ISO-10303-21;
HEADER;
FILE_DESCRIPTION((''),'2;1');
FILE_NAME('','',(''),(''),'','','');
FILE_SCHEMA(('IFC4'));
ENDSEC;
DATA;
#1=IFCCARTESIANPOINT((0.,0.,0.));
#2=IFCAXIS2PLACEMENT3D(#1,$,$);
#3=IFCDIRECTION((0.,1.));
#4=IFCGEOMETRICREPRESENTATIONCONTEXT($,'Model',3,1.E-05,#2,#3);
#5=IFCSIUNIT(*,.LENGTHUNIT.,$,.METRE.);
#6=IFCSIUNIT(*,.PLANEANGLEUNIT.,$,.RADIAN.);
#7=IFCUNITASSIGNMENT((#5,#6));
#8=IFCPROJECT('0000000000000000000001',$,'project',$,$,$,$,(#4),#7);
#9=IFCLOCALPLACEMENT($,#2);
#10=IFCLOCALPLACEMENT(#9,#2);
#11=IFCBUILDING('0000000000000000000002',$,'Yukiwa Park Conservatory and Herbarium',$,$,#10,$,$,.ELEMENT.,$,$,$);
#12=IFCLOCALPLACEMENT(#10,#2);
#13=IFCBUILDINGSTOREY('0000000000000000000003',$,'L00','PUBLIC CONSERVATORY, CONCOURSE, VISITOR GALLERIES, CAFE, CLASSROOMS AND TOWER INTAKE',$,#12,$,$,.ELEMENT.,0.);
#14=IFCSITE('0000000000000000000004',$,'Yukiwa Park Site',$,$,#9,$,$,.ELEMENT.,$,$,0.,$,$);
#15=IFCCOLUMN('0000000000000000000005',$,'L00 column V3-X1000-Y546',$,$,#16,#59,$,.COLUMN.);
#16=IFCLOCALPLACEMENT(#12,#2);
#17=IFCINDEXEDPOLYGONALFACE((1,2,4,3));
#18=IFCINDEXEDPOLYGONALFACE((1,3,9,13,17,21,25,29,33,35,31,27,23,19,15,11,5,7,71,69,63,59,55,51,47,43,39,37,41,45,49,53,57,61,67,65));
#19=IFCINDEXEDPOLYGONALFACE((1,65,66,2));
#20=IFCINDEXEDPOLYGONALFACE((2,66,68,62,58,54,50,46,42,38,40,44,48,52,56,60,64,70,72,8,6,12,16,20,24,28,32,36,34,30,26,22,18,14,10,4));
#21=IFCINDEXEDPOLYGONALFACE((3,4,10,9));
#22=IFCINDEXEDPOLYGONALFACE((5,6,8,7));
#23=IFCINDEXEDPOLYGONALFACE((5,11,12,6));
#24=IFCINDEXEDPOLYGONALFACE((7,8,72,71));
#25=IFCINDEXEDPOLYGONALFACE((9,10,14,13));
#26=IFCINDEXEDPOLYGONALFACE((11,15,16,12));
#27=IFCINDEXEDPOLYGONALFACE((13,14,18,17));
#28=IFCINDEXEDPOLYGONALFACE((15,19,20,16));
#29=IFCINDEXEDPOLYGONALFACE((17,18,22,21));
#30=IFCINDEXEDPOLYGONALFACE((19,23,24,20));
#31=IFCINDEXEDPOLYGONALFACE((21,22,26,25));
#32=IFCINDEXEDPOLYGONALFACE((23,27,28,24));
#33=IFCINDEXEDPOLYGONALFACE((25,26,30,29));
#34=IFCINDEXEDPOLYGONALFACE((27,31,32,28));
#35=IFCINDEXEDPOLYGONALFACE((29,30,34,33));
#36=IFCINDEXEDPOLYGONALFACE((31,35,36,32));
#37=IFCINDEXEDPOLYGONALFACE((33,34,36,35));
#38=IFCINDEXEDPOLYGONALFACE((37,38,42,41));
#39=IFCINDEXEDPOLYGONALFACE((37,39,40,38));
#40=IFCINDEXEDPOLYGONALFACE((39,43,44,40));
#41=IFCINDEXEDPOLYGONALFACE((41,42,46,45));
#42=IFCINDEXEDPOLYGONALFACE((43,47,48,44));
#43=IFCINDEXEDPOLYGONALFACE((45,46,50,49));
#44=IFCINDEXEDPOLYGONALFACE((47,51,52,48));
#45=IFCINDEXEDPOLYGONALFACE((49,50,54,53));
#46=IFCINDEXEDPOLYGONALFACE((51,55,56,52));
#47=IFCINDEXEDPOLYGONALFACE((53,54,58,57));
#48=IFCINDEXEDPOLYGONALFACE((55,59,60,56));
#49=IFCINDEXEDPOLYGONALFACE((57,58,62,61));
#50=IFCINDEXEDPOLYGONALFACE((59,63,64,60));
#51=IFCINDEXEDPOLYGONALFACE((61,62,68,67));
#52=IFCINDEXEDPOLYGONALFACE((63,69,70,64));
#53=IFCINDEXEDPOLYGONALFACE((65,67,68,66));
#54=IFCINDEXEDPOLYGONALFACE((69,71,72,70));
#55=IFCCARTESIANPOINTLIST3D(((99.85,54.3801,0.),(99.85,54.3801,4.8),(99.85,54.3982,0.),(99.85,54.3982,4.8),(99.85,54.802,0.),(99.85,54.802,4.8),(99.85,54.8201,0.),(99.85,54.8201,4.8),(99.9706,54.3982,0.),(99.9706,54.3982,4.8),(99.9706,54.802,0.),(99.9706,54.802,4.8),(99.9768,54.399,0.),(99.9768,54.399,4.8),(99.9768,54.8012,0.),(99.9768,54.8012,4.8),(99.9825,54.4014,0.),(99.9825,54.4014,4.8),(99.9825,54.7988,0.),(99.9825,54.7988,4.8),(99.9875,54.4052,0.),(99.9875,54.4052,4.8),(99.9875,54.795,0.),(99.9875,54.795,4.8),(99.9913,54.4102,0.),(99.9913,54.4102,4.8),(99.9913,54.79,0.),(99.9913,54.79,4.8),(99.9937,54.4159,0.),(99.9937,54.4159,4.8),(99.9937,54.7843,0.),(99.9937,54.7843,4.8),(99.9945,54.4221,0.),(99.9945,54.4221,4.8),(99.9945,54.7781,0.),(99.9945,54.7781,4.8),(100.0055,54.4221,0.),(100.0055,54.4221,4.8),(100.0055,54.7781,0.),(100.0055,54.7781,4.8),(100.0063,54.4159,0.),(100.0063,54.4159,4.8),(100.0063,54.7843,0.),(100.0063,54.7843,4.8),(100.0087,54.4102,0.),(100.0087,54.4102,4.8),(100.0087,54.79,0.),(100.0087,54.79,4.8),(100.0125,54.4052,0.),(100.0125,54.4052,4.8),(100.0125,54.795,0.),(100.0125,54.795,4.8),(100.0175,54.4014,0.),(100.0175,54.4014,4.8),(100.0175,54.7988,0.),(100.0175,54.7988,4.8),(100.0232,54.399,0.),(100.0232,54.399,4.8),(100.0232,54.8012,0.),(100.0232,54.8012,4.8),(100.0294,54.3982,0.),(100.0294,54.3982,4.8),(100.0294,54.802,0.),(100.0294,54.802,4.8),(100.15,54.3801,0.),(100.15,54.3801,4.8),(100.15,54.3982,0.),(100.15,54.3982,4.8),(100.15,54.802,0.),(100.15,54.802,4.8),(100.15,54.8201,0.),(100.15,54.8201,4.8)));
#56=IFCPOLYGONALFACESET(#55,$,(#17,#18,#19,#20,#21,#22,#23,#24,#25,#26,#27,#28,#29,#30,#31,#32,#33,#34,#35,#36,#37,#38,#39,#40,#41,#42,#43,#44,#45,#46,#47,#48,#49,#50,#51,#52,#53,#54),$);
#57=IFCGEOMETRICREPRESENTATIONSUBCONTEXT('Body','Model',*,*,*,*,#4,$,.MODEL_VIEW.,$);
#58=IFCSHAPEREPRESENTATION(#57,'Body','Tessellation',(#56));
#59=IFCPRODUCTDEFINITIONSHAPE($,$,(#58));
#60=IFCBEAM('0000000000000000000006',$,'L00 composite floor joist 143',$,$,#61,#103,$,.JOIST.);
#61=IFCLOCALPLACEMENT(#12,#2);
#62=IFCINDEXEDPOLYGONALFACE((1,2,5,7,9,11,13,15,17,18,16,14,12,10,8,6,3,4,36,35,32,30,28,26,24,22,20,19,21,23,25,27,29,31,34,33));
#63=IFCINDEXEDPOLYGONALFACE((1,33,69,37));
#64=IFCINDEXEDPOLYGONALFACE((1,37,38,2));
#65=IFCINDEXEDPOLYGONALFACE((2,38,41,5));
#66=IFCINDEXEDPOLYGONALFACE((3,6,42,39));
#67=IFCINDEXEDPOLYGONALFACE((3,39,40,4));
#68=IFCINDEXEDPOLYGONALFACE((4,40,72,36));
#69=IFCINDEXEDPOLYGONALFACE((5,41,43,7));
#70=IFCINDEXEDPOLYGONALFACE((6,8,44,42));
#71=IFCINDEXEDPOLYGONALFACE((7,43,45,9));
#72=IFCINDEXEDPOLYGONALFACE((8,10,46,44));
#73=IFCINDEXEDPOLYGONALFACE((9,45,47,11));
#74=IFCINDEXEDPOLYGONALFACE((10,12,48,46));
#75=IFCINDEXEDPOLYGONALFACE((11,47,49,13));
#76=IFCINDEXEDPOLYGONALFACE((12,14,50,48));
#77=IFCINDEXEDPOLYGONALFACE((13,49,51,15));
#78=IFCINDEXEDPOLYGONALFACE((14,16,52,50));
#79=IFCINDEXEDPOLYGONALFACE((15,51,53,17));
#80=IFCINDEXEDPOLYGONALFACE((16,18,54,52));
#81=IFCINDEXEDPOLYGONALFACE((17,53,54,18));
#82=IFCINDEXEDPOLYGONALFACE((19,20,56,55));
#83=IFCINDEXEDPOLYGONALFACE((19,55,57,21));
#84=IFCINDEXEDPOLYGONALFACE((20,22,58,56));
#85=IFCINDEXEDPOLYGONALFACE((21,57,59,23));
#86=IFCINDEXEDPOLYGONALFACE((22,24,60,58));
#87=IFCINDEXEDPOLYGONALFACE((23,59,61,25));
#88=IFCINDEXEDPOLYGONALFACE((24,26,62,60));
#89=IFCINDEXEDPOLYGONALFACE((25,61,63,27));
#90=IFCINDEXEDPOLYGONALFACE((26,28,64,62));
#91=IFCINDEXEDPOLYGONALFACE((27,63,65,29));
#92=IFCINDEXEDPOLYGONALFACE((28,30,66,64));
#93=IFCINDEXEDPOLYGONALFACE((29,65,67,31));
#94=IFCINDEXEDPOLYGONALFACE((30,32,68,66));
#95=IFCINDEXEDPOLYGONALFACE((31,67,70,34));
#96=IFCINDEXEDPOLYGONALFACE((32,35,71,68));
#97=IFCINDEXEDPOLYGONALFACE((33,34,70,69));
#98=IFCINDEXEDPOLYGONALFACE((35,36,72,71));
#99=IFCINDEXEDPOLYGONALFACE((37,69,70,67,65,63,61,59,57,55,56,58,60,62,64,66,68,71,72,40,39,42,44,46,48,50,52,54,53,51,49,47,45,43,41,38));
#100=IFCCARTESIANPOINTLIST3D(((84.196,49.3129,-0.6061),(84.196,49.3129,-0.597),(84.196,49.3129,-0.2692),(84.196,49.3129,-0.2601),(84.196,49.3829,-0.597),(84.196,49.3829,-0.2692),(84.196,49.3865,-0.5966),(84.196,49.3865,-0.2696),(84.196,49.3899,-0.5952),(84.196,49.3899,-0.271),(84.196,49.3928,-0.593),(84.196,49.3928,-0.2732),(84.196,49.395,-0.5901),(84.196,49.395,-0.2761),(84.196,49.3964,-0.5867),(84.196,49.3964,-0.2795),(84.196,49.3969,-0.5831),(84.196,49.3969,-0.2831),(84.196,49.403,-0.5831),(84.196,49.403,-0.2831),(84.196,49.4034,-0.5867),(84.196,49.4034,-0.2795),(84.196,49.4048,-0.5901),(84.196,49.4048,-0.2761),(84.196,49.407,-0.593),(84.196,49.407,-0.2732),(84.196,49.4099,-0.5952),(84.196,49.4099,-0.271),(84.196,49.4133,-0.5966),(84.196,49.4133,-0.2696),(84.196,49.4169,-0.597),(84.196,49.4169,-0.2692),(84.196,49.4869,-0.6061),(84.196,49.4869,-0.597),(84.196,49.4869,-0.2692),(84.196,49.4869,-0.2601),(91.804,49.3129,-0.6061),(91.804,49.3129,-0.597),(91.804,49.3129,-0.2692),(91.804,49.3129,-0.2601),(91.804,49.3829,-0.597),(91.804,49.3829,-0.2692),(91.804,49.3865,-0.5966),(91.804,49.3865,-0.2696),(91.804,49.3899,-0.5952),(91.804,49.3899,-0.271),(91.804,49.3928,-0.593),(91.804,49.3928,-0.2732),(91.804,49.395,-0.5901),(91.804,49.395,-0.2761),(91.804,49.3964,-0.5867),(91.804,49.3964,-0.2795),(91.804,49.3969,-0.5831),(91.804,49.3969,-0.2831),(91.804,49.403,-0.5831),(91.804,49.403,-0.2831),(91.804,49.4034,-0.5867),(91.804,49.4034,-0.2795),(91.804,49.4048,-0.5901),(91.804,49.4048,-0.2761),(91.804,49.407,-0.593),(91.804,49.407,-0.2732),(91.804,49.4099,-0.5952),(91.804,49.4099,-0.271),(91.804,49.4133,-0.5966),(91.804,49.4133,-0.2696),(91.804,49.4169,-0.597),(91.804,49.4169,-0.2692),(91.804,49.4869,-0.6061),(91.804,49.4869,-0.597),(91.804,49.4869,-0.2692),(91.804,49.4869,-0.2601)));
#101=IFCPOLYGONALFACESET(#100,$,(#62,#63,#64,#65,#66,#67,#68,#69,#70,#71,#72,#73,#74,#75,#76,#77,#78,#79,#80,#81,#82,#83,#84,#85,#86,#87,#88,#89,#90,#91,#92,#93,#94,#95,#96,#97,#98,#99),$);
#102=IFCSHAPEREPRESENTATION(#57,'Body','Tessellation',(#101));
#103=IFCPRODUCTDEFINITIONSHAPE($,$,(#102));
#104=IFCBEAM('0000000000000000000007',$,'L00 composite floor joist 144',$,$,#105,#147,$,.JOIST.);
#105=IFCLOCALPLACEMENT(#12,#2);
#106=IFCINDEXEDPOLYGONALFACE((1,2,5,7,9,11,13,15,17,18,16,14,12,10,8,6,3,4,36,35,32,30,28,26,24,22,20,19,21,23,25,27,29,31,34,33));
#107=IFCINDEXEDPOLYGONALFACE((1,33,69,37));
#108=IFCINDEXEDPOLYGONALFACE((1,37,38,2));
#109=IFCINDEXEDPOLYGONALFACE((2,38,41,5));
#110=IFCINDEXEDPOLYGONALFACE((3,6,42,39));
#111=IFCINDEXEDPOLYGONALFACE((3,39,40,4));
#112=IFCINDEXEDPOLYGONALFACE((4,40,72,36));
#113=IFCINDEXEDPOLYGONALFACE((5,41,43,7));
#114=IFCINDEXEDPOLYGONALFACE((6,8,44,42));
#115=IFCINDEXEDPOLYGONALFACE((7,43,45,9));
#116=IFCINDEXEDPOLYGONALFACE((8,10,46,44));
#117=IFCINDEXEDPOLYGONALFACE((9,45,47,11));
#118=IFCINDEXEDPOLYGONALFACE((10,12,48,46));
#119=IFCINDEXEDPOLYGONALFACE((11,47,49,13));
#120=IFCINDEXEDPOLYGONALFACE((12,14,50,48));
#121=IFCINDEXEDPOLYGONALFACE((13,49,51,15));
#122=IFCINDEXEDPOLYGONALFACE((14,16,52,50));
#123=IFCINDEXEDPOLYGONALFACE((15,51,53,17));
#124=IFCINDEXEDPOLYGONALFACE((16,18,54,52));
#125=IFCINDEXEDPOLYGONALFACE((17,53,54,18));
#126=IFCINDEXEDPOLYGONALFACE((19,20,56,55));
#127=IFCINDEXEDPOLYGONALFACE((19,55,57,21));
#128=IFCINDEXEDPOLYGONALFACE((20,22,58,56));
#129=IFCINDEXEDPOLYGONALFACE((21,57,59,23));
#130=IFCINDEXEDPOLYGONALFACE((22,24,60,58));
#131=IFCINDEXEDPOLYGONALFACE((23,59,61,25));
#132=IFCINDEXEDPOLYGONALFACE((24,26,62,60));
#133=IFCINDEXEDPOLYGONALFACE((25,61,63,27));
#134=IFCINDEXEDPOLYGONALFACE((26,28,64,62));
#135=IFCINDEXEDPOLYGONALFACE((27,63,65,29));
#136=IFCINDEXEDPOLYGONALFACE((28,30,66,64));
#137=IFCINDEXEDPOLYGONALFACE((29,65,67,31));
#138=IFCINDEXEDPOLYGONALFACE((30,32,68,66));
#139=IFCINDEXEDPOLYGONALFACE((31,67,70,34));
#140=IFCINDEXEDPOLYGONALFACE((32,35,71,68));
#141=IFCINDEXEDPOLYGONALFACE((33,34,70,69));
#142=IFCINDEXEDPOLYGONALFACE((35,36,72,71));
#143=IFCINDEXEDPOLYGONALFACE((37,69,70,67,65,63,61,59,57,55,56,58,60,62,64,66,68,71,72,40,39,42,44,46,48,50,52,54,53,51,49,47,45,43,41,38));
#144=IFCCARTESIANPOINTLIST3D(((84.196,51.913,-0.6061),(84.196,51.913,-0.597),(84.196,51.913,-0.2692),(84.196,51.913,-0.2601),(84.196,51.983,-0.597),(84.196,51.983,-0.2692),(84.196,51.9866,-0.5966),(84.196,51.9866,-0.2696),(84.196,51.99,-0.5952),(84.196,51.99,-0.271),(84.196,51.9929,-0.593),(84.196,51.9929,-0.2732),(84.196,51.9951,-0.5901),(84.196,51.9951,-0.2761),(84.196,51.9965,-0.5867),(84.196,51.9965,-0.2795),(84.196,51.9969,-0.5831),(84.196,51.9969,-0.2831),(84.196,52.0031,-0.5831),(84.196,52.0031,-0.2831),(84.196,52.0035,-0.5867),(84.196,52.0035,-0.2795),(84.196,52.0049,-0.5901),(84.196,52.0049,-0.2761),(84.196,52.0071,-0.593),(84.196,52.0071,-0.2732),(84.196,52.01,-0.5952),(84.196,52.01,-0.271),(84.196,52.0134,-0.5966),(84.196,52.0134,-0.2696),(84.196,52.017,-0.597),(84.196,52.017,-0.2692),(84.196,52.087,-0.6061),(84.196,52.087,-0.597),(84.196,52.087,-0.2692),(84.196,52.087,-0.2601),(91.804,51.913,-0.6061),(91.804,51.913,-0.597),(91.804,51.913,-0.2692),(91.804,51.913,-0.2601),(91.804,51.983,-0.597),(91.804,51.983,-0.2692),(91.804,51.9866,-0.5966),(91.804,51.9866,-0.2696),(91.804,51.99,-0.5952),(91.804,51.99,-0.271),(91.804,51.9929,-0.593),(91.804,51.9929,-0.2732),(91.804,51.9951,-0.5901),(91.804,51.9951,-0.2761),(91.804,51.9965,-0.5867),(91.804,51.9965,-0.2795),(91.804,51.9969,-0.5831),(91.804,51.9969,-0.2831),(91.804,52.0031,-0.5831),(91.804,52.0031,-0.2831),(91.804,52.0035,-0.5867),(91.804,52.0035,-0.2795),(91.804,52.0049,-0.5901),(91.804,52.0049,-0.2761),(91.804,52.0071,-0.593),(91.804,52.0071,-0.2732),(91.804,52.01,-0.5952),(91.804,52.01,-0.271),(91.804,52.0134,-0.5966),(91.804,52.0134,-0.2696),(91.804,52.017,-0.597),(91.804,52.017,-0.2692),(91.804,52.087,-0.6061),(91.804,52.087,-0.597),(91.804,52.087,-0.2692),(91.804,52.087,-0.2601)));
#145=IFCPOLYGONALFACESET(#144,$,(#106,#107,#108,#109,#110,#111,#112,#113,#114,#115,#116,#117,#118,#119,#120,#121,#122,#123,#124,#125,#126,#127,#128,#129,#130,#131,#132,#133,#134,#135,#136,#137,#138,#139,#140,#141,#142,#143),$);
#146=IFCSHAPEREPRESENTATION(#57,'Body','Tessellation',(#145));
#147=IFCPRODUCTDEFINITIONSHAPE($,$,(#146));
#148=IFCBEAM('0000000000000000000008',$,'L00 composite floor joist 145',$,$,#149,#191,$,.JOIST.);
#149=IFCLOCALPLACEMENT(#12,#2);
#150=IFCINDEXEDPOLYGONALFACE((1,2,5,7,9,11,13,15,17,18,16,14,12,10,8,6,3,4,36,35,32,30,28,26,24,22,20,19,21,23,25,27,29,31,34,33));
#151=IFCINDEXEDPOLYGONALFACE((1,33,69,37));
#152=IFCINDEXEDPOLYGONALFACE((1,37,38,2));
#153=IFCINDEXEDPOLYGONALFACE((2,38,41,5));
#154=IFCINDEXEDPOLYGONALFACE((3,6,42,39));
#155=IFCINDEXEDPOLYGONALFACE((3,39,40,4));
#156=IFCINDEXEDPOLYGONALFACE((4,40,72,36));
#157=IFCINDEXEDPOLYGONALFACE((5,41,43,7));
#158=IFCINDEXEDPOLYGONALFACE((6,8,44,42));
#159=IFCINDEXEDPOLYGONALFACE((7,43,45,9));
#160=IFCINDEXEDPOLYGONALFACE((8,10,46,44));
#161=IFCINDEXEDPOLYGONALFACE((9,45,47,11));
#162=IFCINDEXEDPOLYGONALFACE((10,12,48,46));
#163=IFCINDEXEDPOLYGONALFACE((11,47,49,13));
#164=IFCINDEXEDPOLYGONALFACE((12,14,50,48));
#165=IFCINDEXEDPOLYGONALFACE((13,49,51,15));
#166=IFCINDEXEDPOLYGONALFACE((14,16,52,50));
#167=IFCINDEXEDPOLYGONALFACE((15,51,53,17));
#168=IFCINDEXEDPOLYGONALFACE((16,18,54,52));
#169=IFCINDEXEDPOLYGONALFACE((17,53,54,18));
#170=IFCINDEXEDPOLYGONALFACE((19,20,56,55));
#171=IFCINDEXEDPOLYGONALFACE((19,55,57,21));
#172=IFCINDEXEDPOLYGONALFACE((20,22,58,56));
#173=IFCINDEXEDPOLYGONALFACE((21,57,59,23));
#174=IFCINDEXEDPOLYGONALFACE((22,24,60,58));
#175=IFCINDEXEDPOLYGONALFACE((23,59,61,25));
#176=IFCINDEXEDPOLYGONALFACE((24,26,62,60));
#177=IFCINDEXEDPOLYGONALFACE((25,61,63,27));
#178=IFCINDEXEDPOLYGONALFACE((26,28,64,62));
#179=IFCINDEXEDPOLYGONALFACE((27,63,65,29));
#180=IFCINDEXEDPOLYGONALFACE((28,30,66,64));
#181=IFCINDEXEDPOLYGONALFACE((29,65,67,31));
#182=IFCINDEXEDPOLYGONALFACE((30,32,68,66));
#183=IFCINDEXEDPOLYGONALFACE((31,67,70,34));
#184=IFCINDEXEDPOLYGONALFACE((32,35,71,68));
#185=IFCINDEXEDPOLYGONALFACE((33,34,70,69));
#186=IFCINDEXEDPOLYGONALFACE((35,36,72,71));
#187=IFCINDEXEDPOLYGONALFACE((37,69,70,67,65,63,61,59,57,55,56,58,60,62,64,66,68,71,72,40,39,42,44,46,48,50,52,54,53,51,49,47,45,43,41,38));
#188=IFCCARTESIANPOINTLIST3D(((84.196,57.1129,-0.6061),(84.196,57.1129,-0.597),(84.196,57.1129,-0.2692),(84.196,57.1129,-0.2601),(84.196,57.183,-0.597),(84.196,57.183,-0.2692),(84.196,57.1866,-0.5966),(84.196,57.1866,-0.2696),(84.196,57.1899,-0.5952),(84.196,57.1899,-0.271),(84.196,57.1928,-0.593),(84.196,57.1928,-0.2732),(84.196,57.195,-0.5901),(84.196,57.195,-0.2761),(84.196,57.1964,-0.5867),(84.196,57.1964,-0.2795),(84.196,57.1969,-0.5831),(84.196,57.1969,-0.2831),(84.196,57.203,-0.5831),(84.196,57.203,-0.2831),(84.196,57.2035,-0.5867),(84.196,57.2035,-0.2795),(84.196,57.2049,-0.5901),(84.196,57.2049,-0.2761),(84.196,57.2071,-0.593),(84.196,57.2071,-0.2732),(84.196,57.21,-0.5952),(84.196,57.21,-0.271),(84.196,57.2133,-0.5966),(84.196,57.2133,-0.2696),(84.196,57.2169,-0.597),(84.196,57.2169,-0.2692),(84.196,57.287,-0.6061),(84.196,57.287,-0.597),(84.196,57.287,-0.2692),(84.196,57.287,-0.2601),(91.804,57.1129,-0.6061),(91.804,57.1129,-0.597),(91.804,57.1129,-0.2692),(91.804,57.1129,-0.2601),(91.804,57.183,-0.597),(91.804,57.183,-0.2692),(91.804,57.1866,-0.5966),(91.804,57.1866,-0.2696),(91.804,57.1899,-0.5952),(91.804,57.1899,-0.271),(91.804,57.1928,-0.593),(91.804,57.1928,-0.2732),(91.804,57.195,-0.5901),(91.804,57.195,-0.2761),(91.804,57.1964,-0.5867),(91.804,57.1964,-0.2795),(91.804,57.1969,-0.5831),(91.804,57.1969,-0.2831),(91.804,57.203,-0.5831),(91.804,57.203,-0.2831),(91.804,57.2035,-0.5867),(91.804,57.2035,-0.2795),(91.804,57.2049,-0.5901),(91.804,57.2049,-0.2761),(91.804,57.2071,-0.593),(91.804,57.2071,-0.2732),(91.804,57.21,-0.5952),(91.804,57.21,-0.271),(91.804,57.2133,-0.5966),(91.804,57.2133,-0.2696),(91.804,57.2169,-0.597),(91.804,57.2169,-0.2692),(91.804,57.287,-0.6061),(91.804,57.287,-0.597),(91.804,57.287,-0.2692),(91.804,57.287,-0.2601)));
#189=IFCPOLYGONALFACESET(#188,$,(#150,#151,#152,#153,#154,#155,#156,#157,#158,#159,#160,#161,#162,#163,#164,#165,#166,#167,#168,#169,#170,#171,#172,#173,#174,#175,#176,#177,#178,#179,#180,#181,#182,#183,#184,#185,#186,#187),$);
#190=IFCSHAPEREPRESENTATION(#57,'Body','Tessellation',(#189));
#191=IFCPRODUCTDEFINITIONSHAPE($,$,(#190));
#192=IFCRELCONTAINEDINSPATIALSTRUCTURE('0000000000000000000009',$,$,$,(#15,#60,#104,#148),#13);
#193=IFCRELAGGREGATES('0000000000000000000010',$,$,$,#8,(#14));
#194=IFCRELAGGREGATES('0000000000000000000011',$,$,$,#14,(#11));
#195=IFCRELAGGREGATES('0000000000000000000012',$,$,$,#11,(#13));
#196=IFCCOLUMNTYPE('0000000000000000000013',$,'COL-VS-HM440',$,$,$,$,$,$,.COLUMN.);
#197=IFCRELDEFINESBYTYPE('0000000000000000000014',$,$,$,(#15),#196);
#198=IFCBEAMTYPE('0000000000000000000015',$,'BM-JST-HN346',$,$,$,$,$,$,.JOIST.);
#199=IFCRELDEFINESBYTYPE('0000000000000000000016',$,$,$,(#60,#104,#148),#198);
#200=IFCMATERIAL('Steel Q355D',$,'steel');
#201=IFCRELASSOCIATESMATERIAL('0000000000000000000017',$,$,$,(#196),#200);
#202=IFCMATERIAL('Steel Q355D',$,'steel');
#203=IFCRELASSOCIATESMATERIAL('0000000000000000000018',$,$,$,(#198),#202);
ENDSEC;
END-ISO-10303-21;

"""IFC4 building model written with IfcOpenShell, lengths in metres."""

from ifc_helpers import new_model, si_unit, direction, frame, origin, origin_2d, place, context, subcontext, project, spatial, i_section, extrude, material, material_profile, profile_set, type_object, element, save


model = new_model("IFC4")

# Units and contexts
model_context = context("Model", 3, precision=1e-05, world=origin(), true_north=direction((0.0, 1.0)))
body_context = subcontext(model_context, "Body", "Model", "MODEL_VIEW")
ifc_project = project(units=[si_unit("LENGTHUNIT", "METRE"), si_unit("PLANEANGLEUNIT", "RADIAN")], contexts=[model_context])

# Site, building, storey
site_placement = place(None, origin())
site = spatial("IfcSite", under=ifc_project, at=site_placement, Name="Yukiwa Park Site", CompositionType="ELEMENT", RefElevation=0.0)
building_placement = place(site_placement, origin())
building = spatial("IfcBuilding", under=site, at=building_placement, Name="Yukiwa Park Conservatory and Herbarium", CompositionType="ELEMENT")
storey_placement = place(building_placement, origin())
storey = spatial("IfcBuildingStorey", under=building, at=storey_placement, Name="L00", Description="PUBLIC CONSERVATORY, CONCOURSE, VISITOR GALLERIES, CAFE, CLASSROOMS AND TOWER INTAKE", CompositionType="ELEMENT", Elevation=0.0)

# Column
ifc_material_1 = material(Name="Steel Q355D", Category="steel")
ifc_material_profile_1 = material_profile(ifc_material_1, i_section(OverallWidth=0.3, OverallDepth=0.4399, WebThickness=0.011, FlangeThickness=0.0181, FilletRadius=0.0239, at=origin_2d()), Name="HM 440x300x11x18")
ifc_profile_set_1 = profile_set([ifc_material_profile_1], Name="Steel Q355D")
column_type = type_object("IfcColumnType", Name="COL-VS-HM440", PredefinedType="COLUMN", material=ifc_profile_set_1)
for number, where, z_axis, x_axis, name in (
    (1, (100.0, 54.6001, 0.0), (0.0, 0.0, 1.0), (1.0, 0.0, 0.0), "L00 column V3-X1000-Y546"),
):
    element("IfcColumn", number, at=place(storey_placement, frame(where, z_axis=z_axis, x_axis=x_axis)), inside=storey, type_object=column_type, Name=name, PredefinedType="COLUMN", context=body_context, shape_type="SweptSolid", body=[
        extrude(i_section(OverallWidth=0.3, OverallDepth=0.4399, WebThickness=0.011, FlangeThickness=0.0181, FilletRadius=0.0239, at=origin_2d()), origin(), (0.0, 0.0, 1.0), 4.8),
    ])

# Beams
ifc_material_2 = material(Name="Steel Q355D", Category="steel")
ifc_material_profile_2 = material_profile(ifc_material_2, i_section(OverallWidth=0.1741, OverallDepth=0.3459, WebThickness=0.0061, FlangeThickness=0.009, FilletRadius=0.0139, at=origin_2d()), Name="HN 346x174x6x9")
ifc_profile_set_2 = profile_set([ifc_material_profile_2], Name="Steel Q355D")
beam_type_1 = type_object("IfcBeamType", Name="BM-JST-HN346", PredefinedType="JOIST", material=ifc_profile_set_2)
for number, where, z_axis, x_axis, name in (
    (2, (84.196, 49.3999, -0.4331), (1.0, 0.0, 0.0), (0.0, 1.0, 0.0), "L00 composite floor joist 143"),
    (3, (84.196, 52.0, -0.4331), (1.0, 0.0, 0.0), (0.0, 1.0, 0.0), "L00 composite floor joist 144"),
    (4, (84.196, 57.2, -0.4331), (1.0, 0.0, 0.0), (0.0, 1.0, 0.0), "L00 composite floor joist 145"),
):
    element("IfcBeam", number, at=place(storey_placement, frame(where, z_axis=z_axis, x_axis=x_axis)), inside=storey, type_object=beam_type_1, Name=name, PredefinedType="JOIST", context=body_context, shape_type="SweptSolid", body=[
        extrude(i_section(OverallWidth=0.1741, OverallDepth=0.3459, WebThickness=0.0061, FlangeThickness=0.009, FilletRadius=0.0139, at=origin_2d()), origin(), (0.0, 0.0, 1.0), 7.6079),
    ])

save(model, "model.ifc")
